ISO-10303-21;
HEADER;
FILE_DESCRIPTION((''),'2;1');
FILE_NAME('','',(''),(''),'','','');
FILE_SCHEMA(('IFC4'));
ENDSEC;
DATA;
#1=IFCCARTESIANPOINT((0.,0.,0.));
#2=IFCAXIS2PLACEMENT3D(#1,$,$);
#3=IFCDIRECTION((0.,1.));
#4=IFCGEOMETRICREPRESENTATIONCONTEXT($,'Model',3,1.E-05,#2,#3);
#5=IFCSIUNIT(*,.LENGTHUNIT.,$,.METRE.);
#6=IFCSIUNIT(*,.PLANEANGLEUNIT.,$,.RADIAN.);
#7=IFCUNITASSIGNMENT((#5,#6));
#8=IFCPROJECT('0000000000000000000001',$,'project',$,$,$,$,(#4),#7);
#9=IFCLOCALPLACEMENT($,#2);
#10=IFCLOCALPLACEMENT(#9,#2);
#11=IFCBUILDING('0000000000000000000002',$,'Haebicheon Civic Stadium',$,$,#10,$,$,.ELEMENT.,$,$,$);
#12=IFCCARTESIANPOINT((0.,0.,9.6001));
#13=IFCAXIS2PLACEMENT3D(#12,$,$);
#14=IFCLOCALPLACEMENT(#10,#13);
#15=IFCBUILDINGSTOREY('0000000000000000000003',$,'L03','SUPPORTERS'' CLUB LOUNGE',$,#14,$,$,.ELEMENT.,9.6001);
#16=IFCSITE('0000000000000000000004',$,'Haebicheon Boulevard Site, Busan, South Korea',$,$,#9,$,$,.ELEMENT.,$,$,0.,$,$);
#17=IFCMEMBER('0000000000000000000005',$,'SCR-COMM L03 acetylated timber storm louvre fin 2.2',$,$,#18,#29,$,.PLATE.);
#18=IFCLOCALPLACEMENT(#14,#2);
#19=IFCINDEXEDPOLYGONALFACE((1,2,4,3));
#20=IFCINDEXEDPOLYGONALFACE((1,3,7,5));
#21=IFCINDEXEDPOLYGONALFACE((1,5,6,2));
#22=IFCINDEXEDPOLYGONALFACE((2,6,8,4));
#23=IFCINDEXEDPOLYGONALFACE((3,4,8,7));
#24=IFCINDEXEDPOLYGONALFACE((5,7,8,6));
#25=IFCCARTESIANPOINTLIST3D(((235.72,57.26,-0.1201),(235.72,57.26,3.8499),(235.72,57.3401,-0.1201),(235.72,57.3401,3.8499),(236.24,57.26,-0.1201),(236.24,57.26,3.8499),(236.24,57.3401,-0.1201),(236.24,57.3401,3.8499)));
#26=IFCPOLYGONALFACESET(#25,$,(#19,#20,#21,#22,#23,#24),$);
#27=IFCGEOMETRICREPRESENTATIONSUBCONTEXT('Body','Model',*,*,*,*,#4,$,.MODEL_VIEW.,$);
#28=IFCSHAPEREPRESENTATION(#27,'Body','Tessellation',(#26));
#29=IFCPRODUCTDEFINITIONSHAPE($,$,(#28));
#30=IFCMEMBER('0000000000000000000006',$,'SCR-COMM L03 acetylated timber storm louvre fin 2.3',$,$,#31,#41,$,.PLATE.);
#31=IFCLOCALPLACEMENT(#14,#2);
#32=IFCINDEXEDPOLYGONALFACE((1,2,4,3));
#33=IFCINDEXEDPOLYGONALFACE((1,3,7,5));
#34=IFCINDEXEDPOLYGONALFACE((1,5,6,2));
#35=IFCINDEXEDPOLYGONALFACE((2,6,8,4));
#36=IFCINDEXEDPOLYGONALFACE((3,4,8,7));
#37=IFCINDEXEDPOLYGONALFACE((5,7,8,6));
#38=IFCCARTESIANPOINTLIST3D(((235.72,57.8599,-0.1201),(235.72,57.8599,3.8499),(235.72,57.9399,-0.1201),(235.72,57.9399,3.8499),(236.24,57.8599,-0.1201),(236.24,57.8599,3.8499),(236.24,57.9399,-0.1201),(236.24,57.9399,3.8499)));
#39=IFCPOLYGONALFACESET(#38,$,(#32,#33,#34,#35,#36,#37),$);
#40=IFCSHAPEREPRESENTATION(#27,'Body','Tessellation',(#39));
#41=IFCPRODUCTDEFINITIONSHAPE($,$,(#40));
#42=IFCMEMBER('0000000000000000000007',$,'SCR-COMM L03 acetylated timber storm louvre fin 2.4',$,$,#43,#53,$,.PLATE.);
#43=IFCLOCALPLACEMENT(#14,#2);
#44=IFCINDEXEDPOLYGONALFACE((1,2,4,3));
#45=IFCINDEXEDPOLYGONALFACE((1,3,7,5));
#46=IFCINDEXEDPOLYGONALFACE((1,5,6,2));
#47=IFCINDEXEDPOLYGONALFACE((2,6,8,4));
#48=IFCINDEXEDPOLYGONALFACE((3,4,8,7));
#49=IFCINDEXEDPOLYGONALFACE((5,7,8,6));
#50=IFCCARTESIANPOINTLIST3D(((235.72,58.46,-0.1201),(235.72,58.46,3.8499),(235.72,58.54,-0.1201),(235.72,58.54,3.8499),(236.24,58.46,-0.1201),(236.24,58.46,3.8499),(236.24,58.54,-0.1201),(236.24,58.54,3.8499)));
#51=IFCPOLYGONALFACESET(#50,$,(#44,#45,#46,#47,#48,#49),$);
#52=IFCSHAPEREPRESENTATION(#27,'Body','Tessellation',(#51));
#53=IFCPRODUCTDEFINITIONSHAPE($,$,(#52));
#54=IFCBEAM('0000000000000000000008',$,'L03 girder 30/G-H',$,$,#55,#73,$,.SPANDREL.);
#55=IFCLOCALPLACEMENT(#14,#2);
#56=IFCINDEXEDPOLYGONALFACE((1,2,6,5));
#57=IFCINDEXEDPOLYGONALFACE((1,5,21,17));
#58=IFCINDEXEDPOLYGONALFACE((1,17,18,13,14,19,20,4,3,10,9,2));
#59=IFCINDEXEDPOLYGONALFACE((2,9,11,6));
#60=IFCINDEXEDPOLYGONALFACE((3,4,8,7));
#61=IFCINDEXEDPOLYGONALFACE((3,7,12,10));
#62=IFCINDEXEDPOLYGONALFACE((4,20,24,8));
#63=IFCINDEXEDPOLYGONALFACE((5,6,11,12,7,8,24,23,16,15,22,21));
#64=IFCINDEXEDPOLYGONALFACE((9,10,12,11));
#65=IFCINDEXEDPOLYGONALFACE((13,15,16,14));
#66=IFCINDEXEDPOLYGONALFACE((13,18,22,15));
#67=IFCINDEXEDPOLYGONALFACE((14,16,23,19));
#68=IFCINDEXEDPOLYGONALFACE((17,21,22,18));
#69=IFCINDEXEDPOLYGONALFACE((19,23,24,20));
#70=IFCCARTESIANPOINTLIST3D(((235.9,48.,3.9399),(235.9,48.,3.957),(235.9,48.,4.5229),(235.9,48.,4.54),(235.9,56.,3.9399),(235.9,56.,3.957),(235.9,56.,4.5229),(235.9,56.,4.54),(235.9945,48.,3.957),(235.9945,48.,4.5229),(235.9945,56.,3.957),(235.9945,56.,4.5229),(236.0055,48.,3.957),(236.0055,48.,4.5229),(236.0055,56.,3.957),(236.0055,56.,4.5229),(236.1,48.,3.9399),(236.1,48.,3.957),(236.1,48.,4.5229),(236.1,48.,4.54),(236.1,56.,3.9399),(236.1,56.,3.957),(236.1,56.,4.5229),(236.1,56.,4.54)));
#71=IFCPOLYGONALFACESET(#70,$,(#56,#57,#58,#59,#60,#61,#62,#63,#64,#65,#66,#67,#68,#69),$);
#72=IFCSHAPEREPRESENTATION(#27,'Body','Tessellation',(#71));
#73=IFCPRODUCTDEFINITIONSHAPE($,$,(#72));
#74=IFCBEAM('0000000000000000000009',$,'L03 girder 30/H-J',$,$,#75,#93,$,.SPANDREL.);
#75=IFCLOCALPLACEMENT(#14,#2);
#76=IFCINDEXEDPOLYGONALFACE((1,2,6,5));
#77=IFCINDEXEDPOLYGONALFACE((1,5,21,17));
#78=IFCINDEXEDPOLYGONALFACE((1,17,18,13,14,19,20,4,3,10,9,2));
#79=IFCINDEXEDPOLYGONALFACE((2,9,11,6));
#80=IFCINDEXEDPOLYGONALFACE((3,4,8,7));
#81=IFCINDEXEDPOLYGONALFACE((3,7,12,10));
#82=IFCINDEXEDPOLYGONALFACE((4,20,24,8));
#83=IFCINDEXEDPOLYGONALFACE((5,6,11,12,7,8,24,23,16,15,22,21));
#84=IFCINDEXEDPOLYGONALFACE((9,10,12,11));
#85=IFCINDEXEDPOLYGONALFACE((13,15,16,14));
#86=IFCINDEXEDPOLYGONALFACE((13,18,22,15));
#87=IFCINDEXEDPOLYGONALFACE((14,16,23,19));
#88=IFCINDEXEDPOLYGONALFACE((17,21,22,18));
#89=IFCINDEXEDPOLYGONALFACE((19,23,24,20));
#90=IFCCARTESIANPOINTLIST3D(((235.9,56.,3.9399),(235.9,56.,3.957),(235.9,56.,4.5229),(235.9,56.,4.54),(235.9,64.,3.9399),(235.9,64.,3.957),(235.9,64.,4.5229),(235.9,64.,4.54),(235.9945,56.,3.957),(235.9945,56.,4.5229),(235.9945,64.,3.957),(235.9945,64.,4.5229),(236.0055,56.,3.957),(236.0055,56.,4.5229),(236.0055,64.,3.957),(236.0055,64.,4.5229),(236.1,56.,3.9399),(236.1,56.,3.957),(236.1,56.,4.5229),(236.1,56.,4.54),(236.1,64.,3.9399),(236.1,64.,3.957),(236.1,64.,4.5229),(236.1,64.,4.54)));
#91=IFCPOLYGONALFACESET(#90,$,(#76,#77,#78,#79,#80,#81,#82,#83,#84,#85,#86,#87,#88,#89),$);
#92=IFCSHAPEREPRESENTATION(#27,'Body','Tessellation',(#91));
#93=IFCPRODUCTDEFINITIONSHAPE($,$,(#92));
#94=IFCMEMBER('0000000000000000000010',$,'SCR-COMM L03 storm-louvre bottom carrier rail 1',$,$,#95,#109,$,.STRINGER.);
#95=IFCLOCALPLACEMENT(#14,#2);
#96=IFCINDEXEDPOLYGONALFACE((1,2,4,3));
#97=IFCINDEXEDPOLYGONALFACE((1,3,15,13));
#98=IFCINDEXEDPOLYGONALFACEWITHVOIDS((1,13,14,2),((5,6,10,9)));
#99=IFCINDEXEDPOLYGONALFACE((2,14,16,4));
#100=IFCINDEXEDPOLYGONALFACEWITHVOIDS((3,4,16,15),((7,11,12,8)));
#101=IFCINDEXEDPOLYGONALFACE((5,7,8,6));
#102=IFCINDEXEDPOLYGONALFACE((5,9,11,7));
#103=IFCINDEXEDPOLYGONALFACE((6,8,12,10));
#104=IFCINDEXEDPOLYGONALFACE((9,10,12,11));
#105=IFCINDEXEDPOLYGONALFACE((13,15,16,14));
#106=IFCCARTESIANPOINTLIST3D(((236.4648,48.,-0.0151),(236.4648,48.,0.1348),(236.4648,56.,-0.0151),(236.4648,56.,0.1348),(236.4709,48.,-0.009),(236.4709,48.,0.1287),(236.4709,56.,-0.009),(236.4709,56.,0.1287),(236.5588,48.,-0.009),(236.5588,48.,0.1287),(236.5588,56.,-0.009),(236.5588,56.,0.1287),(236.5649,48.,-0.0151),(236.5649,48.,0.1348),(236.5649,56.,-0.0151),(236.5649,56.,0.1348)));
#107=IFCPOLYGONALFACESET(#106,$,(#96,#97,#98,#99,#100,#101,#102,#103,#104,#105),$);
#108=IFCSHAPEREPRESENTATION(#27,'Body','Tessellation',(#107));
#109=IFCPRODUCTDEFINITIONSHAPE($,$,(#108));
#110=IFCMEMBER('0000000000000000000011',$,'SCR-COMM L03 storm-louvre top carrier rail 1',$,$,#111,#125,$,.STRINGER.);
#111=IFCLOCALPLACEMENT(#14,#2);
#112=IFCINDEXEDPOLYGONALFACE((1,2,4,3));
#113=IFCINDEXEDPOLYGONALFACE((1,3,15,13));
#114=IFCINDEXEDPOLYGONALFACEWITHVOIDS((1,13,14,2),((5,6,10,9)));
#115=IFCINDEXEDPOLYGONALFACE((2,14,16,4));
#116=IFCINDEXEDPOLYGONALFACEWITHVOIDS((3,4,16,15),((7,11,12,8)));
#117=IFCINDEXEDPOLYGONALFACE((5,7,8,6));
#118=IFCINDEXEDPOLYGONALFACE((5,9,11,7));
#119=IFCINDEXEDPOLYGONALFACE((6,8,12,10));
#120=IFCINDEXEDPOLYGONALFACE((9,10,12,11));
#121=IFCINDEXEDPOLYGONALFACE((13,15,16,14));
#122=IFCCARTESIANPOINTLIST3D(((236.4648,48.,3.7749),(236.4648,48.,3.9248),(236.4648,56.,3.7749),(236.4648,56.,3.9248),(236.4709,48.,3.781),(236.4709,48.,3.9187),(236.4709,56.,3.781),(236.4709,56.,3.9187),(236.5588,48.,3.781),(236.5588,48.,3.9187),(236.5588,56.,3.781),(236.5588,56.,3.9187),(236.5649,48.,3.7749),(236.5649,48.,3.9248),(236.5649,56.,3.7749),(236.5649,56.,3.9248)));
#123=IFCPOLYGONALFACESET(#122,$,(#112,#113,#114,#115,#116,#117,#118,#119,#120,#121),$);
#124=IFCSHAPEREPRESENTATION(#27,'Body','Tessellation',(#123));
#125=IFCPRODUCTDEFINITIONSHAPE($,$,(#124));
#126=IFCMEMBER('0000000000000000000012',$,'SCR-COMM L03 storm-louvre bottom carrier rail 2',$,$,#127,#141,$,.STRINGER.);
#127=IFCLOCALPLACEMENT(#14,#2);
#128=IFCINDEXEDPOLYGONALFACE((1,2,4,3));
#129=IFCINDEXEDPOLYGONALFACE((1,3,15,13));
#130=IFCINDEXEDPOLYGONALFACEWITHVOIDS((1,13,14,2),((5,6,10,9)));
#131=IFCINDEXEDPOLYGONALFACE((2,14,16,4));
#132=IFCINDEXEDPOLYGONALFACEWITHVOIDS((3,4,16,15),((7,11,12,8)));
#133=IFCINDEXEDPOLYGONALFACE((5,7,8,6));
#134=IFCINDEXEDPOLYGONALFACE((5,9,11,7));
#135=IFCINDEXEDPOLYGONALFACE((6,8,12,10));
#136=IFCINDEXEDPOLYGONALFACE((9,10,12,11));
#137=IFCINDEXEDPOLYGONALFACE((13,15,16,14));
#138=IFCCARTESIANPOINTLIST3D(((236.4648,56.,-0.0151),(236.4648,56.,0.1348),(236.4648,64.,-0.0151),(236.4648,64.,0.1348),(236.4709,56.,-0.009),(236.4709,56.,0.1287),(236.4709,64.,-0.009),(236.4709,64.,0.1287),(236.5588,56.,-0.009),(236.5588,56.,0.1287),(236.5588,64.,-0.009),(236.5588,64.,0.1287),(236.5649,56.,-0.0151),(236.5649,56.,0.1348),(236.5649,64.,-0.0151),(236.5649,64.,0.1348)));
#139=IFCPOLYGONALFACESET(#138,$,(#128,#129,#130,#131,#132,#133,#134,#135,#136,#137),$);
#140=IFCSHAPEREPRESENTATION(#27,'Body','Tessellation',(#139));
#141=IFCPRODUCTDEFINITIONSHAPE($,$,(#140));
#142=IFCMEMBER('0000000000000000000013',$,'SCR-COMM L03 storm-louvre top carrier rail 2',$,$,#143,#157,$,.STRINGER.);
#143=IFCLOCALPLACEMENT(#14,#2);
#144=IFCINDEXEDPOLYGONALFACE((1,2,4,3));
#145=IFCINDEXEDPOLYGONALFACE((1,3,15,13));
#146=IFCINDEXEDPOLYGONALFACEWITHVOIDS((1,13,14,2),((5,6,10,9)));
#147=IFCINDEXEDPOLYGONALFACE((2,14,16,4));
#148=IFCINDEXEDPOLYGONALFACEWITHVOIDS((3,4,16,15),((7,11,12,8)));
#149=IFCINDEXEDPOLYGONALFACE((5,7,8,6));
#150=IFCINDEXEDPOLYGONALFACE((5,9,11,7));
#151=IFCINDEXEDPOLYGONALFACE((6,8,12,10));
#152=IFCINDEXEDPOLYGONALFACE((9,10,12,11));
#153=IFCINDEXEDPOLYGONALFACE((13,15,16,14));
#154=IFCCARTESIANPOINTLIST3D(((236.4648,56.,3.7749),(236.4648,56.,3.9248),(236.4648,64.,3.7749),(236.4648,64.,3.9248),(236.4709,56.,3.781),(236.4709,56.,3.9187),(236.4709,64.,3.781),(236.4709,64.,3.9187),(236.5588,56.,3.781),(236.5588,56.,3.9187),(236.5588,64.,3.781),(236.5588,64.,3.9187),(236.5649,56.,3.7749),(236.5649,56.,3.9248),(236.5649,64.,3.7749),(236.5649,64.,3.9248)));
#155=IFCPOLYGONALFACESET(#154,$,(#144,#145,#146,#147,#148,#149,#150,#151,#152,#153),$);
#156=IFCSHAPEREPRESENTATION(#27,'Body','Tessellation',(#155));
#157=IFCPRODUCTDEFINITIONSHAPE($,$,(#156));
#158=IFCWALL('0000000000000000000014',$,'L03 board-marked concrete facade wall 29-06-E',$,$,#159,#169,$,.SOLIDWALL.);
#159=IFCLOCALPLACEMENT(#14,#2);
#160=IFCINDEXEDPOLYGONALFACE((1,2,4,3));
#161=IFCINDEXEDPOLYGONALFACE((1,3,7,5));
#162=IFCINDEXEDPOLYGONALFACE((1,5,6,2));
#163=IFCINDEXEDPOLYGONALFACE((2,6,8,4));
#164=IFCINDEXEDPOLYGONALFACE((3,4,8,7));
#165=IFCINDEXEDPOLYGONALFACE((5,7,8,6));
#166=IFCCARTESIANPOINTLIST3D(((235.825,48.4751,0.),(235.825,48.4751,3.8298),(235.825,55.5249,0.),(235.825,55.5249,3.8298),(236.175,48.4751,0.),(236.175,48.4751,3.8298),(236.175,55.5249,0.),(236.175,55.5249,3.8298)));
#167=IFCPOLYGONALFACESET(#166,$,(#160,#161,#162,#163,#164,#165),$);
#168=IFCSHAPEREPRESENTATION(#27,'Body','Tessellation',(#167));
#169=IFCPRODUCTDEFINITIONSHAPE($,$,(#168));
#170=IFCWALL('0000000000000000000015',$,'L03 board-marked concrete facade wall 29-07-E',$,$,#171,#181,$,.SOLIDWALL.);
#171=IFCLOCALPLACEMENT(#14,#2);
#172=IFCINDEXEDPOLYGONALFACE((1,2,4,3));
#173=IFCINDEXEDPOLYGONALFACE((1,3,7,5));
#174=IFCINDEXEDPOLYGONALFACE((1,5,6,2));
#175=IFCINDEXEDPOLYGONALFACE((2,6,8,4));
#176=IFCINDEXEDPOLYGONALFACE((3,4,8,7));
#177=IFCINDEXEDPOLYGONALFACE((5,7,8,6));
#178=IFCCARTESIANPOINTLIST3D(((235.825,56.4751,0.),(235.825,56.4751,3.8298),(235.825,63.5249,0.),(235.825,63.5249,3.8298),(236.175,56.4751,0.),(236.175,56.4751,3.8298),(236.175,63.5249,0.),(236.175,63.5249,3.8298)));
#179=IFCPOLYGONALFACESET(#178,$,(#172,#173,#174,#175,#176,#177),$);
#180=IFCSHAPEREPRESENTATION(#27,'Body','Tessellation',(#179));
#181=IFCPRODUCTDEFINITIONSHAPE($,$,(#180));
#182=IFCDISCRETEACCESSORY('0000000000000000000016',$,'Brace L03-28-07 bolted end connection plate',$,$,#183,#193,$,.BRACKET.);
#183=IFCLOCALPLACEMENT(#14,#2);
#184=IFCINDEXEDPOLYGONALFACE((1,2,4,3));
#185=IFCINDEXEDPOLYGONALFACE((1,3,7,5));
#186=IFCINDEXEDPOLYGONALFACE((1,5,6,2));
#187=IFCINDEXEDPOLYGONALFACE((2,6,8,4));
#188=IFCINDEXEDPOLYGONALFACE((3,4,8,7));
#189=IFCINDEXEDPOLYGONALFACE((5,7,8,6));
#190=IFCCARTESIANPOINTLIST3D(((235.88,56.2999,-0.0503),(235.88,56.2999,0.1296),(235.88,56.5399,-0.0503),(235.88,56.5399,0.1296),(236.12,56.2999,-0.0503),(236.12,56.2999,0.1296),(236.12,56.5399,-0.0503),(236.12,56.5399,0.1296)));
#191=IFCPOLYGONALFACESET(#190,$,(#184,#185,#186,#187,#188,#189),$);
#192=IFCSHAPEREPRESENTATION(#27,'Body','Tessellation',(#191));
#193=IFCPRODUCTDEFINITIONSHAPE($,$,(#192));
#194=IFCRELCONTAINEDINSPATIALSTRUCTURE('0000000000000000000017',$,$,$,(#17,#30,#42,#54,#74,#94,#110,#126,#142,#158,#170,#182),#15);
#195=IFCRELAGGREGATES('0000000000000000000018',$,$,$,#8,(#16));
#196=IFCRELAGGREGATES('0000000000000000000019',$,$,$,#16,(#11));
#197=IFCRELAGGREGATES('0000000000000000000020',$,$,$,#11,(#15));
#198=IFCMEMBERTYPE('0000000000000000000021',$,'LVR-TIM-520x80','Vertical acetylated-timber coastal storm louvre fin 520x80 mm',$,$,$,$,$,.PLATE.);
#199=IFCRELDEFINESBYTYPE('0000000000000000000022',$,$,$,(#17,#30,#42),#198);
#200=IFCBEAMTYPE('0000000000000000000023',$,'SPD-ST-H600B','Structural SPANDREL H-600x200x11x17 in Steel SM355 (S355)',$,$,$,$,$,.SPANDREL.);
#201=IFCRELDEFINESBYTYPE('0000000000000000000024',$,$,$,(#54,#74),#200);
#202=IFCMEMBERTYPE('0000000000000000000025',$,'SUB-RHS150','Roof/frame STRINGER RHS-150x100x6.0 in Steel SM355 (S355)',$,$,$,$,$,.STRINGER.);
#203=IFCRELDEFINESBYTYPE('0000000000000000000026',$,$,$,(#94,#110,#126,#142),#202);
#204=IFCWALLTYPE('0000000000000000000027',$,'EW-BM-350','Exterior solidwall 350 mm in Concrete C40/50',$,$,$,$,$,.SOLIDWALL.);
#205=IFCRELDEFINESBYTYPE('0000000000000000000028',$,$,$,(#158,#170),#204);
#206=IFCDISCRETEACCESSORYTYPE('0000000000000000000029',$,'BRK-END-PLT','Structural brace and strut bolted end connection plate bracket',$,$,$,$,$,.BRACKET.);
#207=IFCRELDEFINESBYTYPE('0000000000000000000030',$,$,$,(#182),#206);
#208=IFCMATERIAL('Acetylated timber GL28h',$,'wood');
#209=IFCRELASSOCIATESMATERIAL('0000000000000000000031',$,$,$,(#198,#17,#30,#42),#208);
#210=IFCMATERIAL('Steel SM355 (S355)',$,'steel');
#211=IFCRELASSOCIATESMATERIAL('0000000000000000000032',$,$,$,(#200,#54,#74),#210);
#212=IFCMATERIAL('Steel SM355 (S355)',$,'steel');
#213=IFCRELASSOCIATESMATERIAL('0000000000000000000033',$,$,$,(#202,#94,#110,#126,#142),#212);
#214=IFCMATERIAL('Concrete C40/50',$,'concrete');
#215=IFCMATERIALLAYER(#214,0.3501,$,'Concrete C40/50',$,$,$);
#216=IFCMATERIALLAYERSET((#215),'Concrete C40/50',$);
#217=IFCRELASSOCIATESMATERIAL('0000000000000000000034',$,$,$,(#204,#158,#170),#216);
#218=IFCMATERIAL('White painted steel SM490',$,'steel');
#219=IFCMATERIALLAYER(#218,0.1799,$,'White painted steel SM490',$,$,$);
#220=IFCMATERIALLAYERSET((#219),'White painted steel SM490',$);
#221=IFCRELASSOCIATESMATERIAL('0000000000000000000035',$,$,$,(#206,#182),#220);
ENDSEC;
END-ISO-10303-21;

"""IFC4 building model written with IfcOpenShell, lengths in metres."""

from ifc_helpers import new_model, si_unit, direction, frame, frame_2d, origin, origin_2d, place, context, subcontext, project, spatial, rectangle, hollow_rectangle, i_section, extrude, material, layer, layer_set, material_profile, profile_set, type_object, element, save


model = new_model("IFC4")

# Units and contexts
model_context = context("Model", 3, precision=1e-05, world=origin(), true_north=direction((0.0, 1.0)))
body_context = subcontext(model_context, "Body", "Model", "MODEL_VIEW")
ifc_project = project(units=[si_unit("LENGTHUNIT", "METRE"), si_unit("PLANEANGLEUNIT", "RADIAN")], contexts=[model_context])

# Site, building, storey
site_placement = place(None, origin())
site = spatial("IfcSite", under=ifc_project, at=site_placement, Name="Haebicheon Boulevard Site, Busan, South Korea", CompositionType="ELEMENT", RefElevation=0.0)
building_placement = place(site_placement, origin())
building = spatial("IfcBuilding", under=site, at=building_placement, Name="Haebicheon Civic Stadium", CompositionType="ELEMENT")
storey_placement = place(building_placement, frame((0.0, 0.0, 9.6001)))
storey = spatial("IfcBuildingStorey", under=building, at=storey_placement, Name="L03", Description="SUPPORTERS' CLUB LOUNGE", CompositionType="ELEMENT", Elevation=9.6001)

# Members
ifc_material_1 = material(Name="Acetylated timber GL28h", Category="wood")
ifc_material_profile_1 = material_profile(ifc_material_1, rectangle(XDim=0.0801, YDim=0.52, at=origin_2d()), Name="TMB-LOUV-80x520")
ifc_profile_set_1 = profile_set([ifc_material_profile_1], Name="Acetylated timber GL28h")
member_type_1 = type_object("IfcMemberType", Name="LVR-TIM-520x80", Description="Vertical acetylated-timber coastal storm louvre fin 520x80 mm", PredefinedType="PLATE", material=ifc_profile_set_1)
for number, where, z_axis, x_axis, name in (
    (1, (235.98, 57.3, -0.1201), (0.0, 0.0, 1.0), (0.0, 1.0, 0.0), "SCR-COMM L03 acetylated timber storm louvre fin 2.2"),
    (2, (235.98, 57.8999, -0.1201), (0.0, 0.0, 1.0), (0.0, 1.0, 0.0), "SCR-COMM L03 acetylated timber storm louvre fin 2.3"),
    (3, (235.98, 58.5, -0.1201), (0.0, 0.0, 1.0), (0.0, 1.0, 0.0), "SCR-COMM L03 acetylated timber storm louvre fin 2.4"),
):
    element("IfcMember", number, at=place(storey_placement, frame(where, z_axis=z_axis, x_axis=x_axis)), inside=storey, type_object=member_type_1, material=ifc_profile_set_1, Name=name, PredefinedType="PLATE", context=body_context, shape_type="SweptSolid", body=[
        extrude(rectangle(XDim=0.0801, YDim=0.52, at=origin_2d()), origin(), (0.0, 0.0, 1.0), 3.97),
    ])

# Beams
ifc_material_2 = material(Name="Steel SM355 (S355)", Category="steel")
ifc_material_profile_2 = material_profile(ifc_material_2, i_section(OverallWidth=0.2, OverallDepth=0.6001, WebThickness=0.011, FlangeThickness=0.0171, at=origin_2d()), Name="H-600x200x11x17")
ifc_profile_set_2 = profile_set([ifc_material_profile_2], Name="Steel SM355 (S355)")
beam_type_1 = type_object("IfcBeamType", Name="SPD-ST-H600B", Description="Structural SPANDREL H-600x200x11x17 in Steel SM355 (S355)", PredefinedType="SPANDREL", material=ifc_profile_set_2)
for number, where, z_axis, x_axis, name in (
    (4, (236.0, 48.0, 4.24), (0.0, 1.0, 0.0), (-1.0, 0.0, 0.0), "L03 girder 30/G-H"),
    (5, (236.0, 56.0, 4.24), (0.0, 1.0, 0.0), (-1.0, 0.0, 0.0), "L03 girder 30/H-J"),
):
    element("IfcBeam", number, at=place(storey_placement, frame(where, z_axis=z_axis, x_axis=x_axis)), inside=storey, type_object=beam_type_1, material=ifc_profile_set_2, Name=name, PredefinedType="SPANDREL", context=body_context, shape_type="SweptSolid", body=[
        extrude(i_section(OverallWidth=0.2, OverallDepth=0.6001, WebThickness=0.011, FlangeThickness=0.0171, at=origin_2d()), origin(), (0.0, 0.0, 1.0), 8.0),
    ])

# Members
ifc_material_3 = material(Name="Steel SM355 (S355)", Category="steel")
ifc_material_profile_3 = material_profile(ifc_material_3, hollow_rectangle(XDim=0.1001, YDim=0.1499, WallThickness=0.0061, at=origin_2d()), Name="RHS-150x100x6.0")
ifc_profile_set_3 = profile_set([ifc_material_profile_3], Name="Steel SM355 (S355)")
member_type_2 = type_object("IfcMemberType", Name="SUB-RHS150", Description="Roof/frame STRINGER RHS-150x100x6.0 in Steel SM355 (S355)", PredefinedType="STRINGER", material=ifc_profile_set_3)
for number, where, z_axis, x_axis, name in (
    (6, (236.5149, 48.0, 0.0598), (0.0, 1.0, 0.0), (-1.0, 0.0, 0.0), "SCR-COMM L03 storm-louvre bottom carrier rail 1"),
    (7, (236.5149, 48.0, 3.8499), (0.0, 1.0, 0.0), (-1.0, 0.0, 0.0), "SCR-COMM L03 storm-louvre top carrier rail 1"),
    (8, (236.5149, 56.0, 0.0598), (0.0, 1.0, 0.0), (-1.0, 0.0, 0.0), "SCR-COMM L03 storm-louvre bottom carrier rail 2"),
    (9, (236.5149, 56.0, 3.8499), (0.0, 1.0, 0.0), (-1.0, 0.0, 0.0), "SCR-COMM L03 storm-louvre top carrier rail 2"),
):
    element("IfcMember", number, at=place(storey_placement, frame(where, z_axis=z_axis, x_axis=x_axis)), inside=storey, type_object=member_type_2, material=ifc_profile_set_3, Name=name, PredefinedType="STRINGER", context=body_context, shape_type="SweptSolid", body=[
        extrude(hollow_rectangle(XDim=0.1001, YDim=0.1499, WallThickness=0.0061, at=origin_2d()), origin(), (0.0, 0.0, 1.0), 8.0),
    ])

# Walls
ifc_material_4 = material(Name="Concrete C40/50", Category="concrete")
ifc_layer_1 = layer(ifc_material_4, 0.3501, Name="Concrete C40/50")
ifc_layer_set_1 = layer_set([ifc_layer_1], Name="Concrete C40/50")
wall_type = type_object("IfcWallType", Name="EW-BM-350", Description="Exterior solidwall 350 mm in Concrete C40/50", PredefinedType="SOLIDWALL", material=ifc_layer_set_1)
for number, where, z_axis, x_axis, name in (
    (10, (236.0, 48.4751, 0.0), (0.0, 0.0, 1.0), (0.0, 1.0, 0.0), "L03 board-marked concrete facade wall 29-06-E"),
    (11, (236.0, 56.4751, 0.0), (0.0, 0.0, 1.0), (0.0, 1.0, 0.0), "L03 board-marked concrete facade wall 29-07-E"),
):
    element("IfcWall", number, at=place(storey_placement, frame(where, z_axis=z_axis, x_axis=x_axis)), inside=storey, type_object=wall_type, material=ifc_layer_set_1, Name=name, PredefinedType="SOLIDWALL", context=body_context, shape_type="SweptSolid", body=[
        extrude(rectangle(XDim=7.0498, YDim=0.3501, at=frame_2d((3.5249, 0.0))), origin(), (0.0, 0.0, 1.0), 3.8298),
    ])

# Discrete accessory
ifc_material_5 = material(Name="White painted steel SM490", Category="steel")
ifc_layer_2 = layer(ifc_material_5, 0.1799, Name="White painted steel SM490")
ifc_layer_set_2 = layer_set([ifc_layer_2], Name="White painted steel SM490")
discrete_accessory_type_1 = type_object("IfcDiscreteAccessoryType", Name="BRK-END-PLT", Description="Structural brace and strut bolted end connection plate bracket", PredefinedType="BRACKET", material=ifc_layer_set_2)
discrete_accessory_placement = place(storey_placement, frame((236.0, 56.4199, -0.0503), z_axis=(0.0, 0.0, 1.0), x_axis=(1.0, 0.0, 0.0)))
element("IfcDiscreteAccessory", 12, at=discrete_accessory_placement, inside=storey, type_object=discrete_accessory_type_1, material=ifc_layer_set_2, Name="Brace L03-28-07 bolted end connection plate", PredefinedType="BRACKET", context=body_context, shape_type="SweptSolid", body=[
    extrude(rectangle(XDim=0.24, YDim=0.24, at=origin_2d()), origin(), (0.0, 0.0, 1.0), 0.1799),
])

save(model, "model.ifc")
